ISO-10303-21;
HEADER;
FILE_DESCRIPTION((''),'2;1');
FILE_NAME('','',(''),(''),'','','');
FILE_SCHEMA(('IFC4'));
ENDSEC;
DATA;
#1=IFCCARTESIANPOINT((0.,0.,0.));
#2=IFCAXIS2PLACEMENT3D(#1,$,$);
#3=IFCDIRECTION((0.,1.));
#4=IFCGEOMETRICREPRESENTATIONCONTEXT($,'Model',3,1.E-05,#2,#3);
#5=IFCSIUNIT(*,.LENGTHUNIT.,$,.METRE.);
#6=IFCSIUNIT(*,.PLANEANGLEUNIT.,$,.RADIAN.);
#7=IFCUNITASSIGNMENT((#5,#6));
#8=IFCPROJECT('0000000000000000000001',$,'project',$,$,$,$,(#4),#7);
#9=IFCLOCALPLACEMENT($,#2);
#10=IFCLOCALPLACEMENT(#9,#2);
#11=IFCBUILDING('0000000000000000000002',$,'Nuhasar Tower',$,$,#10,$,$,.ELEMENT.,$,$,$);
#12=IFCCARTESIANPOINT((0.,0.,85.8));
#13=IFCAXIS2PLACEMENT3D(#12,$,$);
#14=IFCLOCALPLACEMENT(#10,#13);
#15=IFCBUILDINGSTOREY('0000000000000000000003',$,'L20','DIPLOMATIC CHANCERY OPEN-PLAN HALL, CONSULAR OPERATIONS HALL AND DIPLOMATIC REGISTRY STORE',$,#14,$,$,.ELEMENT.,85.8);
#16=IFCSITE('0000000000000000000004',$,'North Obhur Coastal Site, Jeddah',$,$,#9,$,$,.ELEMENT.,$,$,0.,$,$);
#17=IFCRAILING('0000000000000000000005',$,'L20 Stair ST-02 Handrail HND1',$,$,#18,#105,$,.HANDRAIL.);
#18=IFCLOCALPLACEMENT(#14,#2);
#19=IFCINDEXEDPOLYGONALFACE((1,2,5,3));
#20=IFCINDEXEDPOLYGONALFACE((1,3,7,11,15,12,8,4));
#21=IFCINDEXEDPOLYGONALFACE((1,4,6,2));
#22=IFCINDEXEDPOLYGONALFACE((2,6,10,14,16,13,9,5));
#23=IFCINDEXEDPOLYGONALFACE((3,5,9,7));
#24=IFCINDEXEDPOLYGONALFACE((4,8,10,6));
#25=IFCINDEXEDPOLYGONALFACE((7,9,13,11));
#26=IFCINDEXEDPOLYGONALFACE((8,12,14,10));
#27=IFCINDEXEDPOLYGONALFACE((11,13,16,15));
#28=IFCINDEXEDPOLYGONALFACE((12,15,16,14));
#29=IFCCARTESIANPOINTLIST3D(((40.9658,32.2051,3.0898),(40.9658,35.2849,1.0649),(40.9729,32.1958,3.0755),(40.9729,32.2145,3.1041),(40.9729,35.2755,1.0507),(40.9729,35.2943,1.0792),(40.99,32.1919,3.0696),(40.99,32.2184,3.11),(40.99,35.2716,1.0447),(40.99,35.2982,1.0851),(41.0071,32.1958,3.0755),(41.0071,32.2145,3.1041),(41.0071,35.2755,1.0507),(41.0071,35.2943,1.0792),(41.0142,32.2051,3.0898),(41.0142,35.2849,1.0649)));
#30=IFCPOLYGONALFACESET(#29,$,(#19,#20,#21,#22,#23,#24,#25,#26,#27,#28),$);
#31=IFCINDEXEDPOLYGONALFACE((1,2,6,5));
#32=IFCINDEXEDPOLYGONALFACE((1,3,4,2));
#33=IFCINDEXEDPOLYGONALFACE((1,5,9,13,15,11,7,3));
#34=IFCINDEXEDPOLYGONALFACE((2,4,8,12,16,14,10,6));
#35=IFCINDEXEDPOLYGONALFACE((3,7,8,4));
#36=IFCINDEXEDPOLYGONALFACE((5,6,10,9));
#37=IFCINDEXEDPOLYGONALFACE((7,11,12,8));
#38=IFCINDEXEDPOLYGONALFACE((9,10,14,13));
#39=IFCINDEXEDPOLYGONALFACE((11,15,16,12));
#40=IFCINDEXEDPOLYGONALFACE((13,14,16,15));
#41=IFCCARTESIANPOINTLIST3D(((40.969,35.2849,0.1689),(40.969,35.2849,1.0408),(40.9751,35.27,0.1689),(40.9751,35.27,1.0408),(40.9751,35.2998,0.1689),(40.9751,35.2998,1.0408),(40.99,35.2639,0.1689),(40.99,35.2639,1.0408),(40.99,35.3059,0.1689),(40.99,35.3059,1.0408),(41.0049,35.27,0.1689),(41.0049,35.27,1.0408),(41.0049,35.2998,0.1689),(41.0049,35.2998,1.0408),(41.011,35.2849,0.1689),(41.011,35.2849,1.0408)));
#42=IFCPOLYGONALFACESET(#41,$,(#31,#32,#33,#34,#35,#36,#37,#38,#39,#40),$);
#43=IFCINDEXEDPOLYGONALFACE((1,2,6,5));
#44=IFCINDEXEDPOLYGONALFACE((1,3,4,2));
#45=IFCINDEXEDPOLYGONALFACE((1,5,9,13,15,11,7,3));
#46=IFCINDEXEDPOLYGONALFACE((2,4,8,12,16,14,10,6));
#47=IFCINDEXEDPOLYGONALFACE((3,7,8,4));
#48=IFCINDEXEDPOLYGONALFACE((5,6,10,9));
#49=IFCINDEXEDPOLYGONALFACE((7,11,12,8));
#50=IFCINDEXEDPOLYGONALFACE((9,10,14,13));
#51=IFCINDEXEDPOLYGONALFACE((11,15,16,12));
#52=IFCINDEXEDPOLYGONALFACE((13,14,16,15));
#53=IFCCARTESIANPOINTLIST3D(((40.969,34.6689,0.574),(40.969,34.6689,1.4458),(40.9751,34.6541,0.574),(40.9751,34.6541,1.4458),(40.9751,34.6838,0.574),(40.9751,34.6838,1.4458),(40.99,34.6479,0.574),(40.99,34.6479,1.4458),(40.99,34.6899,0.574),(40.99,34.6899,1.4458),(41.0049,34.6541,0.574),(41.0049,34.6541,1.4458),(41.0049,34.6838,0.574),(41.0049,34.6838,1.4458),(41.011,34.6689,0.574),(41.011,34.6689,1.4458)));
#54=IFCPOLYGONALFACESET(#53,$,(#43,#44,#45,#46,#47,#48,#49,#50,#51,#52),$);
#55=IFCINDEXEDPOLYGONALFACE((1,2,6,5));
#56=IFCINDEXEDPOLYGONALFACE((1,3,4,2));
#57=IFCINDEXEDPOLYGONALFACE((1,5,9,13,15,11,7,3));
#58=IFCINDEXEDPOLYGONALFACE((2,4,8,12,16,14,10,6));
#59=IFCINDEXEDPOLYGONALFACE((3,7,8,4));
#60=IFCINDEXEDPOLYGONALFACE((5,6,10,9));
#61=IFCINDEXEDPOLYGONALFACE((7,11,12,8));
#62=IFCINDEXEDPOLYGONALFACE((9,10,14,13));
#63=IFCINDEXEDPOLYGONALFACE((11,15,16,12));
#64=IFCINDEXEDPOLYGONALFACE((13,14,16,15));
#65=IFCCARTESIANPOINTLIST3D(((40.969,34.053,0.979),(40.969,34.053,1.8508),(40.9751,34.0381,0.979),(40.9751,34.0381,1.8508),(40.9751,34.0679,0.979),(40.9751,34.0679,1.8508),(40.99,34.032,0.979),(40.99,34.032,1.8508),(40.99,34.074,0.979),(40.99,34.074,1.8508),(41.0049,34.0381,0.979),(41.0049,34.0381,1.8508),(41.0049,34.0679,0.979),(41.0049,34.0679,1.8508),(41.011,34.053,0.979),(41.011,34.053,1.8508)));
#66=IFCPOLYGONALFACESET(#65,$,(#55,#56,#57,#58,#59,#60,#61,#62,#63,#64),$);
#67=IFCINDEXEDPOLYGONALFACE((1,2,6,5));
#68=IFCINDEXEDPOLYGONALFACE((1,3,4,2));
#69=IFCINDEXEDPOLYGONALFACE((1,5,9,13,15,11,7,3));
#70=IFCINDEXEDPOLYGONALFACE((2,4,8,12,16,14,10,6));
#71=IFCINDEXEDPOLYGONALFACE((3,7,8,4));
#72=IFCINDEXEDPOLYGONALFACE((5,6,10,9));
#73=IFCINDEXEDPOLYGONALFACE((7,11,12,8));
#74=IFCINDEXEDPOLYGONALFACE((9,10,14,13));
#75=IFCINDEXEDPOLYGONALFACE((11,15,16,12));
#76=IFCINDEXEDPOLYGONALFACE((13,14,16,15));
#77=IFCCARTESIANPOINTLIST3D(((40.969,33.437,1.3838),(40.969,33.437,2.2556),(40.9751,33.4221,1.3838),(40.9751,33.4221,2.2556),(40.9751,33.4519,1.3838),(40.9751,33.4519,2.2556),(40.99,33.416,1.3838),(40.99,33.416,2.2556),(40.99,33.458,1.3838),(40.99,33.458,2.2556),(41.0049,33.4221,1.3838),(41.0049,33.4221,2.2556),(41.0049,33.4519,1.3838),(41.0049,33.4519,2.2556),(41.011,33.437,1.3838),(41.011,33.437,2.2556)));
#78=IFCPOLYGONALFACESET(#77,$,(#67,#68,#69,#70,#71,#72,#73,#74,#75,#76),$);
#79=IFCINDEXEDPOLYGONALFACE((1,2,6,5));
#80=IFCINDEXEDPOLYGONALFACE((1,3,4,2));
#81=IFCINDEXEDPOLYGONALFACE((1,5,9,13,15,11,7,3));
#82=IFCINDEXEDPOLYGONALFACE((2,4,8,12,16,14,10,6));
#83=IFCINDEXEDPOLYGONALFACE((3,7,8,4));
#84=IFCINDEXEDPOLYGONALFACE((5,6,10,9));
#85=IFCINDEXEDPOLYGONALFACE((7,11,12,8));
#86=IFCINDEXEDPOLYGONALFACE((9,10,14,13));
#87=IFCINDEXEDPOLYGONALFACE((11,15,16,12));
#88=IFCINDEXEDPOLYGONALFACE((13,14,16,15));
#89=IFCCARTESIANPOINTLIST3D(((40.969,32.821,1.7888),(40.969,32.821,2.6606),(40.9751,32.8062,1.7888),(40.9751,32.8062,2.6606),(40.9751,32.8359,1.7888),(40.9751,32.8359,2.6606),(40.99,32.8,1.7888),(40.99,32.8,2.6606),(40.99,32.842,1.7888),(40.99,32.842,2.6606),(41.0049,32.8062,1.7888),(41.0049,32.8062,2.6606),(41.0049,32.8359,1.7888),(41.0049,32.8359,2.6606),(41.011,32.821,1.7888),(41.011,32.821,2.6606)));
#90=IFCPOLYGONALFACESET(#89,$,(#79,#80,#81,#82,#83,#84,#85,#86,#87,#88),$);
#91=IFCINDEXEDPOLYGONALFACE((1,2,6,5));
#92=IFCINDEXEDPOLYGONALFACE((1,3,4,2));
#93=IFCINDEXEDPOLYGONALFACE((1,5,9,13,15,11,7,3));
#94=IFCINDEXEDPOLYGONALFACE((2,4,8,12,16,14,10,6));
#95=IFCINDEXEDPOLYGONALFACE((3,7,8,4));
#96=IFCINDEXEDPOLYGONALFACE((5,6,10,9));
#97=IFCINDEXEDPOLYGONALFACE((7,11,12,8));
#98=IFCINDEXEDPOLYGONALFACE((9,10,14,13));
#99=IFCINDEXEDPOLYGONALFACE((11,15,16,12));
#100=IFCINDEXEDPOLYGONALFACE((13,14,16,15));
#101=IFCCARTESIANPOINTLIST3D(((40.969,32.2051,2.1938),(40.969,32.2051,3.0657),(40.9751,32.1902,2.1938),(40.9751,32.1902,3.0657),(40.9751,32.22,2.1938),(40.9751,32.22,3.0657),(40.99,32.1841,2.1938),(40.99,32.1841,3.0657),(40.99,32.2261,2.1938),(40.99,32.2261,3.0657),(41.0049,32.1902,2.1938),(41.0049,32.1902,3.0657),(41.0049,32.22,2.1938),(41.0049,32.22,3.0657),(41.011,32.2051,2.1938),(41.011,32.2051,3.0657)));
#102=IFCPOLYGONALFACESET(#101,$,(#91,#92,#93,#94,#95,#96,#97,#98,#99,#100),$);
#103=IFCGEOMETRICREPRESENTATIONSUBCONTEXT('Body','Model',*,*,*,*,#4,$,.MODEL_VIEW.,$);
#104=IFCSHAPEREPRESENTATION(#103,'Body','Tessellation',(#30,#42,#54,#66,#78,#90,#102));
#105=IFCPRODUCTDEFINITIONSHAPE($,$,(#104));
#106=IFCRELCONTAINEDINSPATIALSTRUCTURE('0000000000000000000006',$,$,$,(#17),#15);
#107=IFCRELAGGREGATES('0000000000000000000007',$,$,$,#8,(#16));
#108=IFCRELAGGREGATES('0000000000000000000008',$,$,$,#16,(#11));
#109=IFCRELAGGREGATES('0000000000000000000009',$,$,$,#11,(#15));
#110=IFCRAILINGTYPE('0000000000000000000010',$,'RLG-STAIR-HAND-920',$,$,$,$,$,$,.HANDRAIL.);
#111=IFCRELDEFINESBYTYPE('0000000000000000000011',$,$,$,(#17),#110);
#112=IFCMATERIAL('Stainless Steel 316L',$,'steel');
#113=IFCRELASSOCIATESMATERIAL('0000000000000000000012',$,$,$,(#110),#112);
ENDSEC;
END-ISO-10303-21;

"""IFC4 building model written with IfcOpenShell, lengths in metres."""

from ifc_helpers import new_model, si_unit, direction, frame, origin, place, context, subcontext, project, spatial, polyline, outline, extrude, material, type_object, element, save


model = new_model("IFC4")

# Units and contexts
model_context = context("Model", 3, precision=1e-05, world=origin(), true_north=direction((0.0, 1.0)))
body_context = subcontext(model_context, "Body", "Model", "MODEL_VIEW")
ifc_project = project(units=[si_unit("LENGTHUNIT", "METRE"), si_unit("PLANEANGLEUNIT", "RADIAN")], contexts=[model_context])

# Site, building, storey
site_placement = place(None, origin())
site = spatial("IfcSite", under=ifc_project, at=site_placement, Name="North Obhur Coastal Site, Jeddah", CompositionType="ELEMENT", RefElevation=0.0)
building_placement = place(site_placement, origin())
building = spatial("IfcBuilding", under=site, at=building_placement, Name="Nuhasar Tower", CompositionType="ELEMENT")
storey_placement = place(building_placement, frame((0.0, 0.0, 85.8)))
storey = spatial("IfcBuildingStorey", under=building, at=storey_placement, Name="L20", Description="DIPLOMATIC CHANCERY OPEN-PLAN HALL, CONSULAR OPERATIONS HALL AND DIPLOMATIC REGISTRY STORE", CompositionType="ELEMENT", Elevation=85.8)

# Railing
ifc_material_1 = material(Name="Stainless Steel 316L", Category="steel")
railing_type_1 = type_object("IfcRailingType", Name="RLG-STAIR-HAND-920", PredefinedType="HANDRAIL", material=ifc_material_1)
railing_1_placement = place(storey_placement, frame((40.99, 35.2849, 0.1689)))
element("IfcRailing", 1, at=railing_1_placement, inside=storey, type_object=railing_type_1, Name="L20 Stair ST-02 Handrail HND1", PredefinedType="HANDRAIL", context=body_context, shape_type="SweptSolid", body=[
    extrude(outline(polyline([(0.0242, 0.0), (0.0171, 0.0171), (0.0, 0.0242), (-0.0171, 0.0171), (-0.0242, 0.0), (-0.0171, -0.0171), (0.0, -0.0242), (0.0171, -0.0171), (0.0242, 0.0)])), frame((0.0, 0.0, 0.896), z_axis=(0.0, -0.83558, 0.54937), x_axis=(1.0, 0.0, 0.0)), (0.0, 0.0, 1.0), 3.6858),
    extrude(outline(polyline([(0.021, 0.0), (0.0149, 0.0149), (0.0, 0.021), (-0.0149, 0.0149), (-0.021, 0.0), (-0.0149, -0.0149), (0.0, -0.021), (0.0149, -0.0149), (0.021, 0.0)])), origin(), (0.0, 0.0, 1.0), 0.8718),
    extrude(outline(polyline([(0.021, 0.0), (0.0149, 0.0149), (0.0, 0.021), (-0.0149, 0.0149), (-0.021, 0.0), (-0.0149, -0.0149), (0.0, -0.021), (0.0149, -0.0149), (0.021, 0.0)])), frame((0.0, -0.616, 0.405)), (0.0, 0.0, 1.0), 0.8718),
    extrude(outline(polyline([(0.021, 0.0), (0.0149, 0.0149), (0.0, 0.021), (-0.0149, 0.0149), (-0.021, 0.0), (-0.0149, -0.0149), (0.0, -0.021), (0.0149, -0.0149), (0.021, 0.0)])), frame((0.0, -1.2319, 0.8101)), (0.0, 0.0, 1.0), 0.8718),
    extrude(outline(polyline([(0.021, 0.0), (0.0149, 0.0149), (0.0, 0.021), (-0.0149, 0.0149), (-0.021, 0.0), (-0.0149, -0.0149), (0.0, -0.021), (0.0149, -0.0149), (0.021, 0.0)])), frame((0.0, -1.8479, 1.2148)), (0.0, 0.0, 1.0), 0.8718),
    extrude(outline(polyline([(0.021, 0.0), (0.0149, 0.0149), (0.0, 0.021), (-0.0149, 0.0149), (-0.021, 0.0), (-0.0149, -0.0149), (0.0, -0.021), (0.0149, -0.0149), (0.021, 0.0)])), frame((0.0, -2.4639, 1.6199)), (0.0, 0.0, 1.0), 0.8718),
    extrude(outline(polyline([(0.021, 0.0), (0.0149, 0.0149), (0.0, 0.021), (-0.0149, 0.0149), (-0.021, 0.0), (-0.0149, -0.0149), (0.0, -0.021), (0.0149, -0.0149), (0.021, 0.0)])), frame((0.0, -3.0798, 2.0249)), (0.0, 0.0, 1.0), 0.8718),
])

save(model, "model.ifc")
